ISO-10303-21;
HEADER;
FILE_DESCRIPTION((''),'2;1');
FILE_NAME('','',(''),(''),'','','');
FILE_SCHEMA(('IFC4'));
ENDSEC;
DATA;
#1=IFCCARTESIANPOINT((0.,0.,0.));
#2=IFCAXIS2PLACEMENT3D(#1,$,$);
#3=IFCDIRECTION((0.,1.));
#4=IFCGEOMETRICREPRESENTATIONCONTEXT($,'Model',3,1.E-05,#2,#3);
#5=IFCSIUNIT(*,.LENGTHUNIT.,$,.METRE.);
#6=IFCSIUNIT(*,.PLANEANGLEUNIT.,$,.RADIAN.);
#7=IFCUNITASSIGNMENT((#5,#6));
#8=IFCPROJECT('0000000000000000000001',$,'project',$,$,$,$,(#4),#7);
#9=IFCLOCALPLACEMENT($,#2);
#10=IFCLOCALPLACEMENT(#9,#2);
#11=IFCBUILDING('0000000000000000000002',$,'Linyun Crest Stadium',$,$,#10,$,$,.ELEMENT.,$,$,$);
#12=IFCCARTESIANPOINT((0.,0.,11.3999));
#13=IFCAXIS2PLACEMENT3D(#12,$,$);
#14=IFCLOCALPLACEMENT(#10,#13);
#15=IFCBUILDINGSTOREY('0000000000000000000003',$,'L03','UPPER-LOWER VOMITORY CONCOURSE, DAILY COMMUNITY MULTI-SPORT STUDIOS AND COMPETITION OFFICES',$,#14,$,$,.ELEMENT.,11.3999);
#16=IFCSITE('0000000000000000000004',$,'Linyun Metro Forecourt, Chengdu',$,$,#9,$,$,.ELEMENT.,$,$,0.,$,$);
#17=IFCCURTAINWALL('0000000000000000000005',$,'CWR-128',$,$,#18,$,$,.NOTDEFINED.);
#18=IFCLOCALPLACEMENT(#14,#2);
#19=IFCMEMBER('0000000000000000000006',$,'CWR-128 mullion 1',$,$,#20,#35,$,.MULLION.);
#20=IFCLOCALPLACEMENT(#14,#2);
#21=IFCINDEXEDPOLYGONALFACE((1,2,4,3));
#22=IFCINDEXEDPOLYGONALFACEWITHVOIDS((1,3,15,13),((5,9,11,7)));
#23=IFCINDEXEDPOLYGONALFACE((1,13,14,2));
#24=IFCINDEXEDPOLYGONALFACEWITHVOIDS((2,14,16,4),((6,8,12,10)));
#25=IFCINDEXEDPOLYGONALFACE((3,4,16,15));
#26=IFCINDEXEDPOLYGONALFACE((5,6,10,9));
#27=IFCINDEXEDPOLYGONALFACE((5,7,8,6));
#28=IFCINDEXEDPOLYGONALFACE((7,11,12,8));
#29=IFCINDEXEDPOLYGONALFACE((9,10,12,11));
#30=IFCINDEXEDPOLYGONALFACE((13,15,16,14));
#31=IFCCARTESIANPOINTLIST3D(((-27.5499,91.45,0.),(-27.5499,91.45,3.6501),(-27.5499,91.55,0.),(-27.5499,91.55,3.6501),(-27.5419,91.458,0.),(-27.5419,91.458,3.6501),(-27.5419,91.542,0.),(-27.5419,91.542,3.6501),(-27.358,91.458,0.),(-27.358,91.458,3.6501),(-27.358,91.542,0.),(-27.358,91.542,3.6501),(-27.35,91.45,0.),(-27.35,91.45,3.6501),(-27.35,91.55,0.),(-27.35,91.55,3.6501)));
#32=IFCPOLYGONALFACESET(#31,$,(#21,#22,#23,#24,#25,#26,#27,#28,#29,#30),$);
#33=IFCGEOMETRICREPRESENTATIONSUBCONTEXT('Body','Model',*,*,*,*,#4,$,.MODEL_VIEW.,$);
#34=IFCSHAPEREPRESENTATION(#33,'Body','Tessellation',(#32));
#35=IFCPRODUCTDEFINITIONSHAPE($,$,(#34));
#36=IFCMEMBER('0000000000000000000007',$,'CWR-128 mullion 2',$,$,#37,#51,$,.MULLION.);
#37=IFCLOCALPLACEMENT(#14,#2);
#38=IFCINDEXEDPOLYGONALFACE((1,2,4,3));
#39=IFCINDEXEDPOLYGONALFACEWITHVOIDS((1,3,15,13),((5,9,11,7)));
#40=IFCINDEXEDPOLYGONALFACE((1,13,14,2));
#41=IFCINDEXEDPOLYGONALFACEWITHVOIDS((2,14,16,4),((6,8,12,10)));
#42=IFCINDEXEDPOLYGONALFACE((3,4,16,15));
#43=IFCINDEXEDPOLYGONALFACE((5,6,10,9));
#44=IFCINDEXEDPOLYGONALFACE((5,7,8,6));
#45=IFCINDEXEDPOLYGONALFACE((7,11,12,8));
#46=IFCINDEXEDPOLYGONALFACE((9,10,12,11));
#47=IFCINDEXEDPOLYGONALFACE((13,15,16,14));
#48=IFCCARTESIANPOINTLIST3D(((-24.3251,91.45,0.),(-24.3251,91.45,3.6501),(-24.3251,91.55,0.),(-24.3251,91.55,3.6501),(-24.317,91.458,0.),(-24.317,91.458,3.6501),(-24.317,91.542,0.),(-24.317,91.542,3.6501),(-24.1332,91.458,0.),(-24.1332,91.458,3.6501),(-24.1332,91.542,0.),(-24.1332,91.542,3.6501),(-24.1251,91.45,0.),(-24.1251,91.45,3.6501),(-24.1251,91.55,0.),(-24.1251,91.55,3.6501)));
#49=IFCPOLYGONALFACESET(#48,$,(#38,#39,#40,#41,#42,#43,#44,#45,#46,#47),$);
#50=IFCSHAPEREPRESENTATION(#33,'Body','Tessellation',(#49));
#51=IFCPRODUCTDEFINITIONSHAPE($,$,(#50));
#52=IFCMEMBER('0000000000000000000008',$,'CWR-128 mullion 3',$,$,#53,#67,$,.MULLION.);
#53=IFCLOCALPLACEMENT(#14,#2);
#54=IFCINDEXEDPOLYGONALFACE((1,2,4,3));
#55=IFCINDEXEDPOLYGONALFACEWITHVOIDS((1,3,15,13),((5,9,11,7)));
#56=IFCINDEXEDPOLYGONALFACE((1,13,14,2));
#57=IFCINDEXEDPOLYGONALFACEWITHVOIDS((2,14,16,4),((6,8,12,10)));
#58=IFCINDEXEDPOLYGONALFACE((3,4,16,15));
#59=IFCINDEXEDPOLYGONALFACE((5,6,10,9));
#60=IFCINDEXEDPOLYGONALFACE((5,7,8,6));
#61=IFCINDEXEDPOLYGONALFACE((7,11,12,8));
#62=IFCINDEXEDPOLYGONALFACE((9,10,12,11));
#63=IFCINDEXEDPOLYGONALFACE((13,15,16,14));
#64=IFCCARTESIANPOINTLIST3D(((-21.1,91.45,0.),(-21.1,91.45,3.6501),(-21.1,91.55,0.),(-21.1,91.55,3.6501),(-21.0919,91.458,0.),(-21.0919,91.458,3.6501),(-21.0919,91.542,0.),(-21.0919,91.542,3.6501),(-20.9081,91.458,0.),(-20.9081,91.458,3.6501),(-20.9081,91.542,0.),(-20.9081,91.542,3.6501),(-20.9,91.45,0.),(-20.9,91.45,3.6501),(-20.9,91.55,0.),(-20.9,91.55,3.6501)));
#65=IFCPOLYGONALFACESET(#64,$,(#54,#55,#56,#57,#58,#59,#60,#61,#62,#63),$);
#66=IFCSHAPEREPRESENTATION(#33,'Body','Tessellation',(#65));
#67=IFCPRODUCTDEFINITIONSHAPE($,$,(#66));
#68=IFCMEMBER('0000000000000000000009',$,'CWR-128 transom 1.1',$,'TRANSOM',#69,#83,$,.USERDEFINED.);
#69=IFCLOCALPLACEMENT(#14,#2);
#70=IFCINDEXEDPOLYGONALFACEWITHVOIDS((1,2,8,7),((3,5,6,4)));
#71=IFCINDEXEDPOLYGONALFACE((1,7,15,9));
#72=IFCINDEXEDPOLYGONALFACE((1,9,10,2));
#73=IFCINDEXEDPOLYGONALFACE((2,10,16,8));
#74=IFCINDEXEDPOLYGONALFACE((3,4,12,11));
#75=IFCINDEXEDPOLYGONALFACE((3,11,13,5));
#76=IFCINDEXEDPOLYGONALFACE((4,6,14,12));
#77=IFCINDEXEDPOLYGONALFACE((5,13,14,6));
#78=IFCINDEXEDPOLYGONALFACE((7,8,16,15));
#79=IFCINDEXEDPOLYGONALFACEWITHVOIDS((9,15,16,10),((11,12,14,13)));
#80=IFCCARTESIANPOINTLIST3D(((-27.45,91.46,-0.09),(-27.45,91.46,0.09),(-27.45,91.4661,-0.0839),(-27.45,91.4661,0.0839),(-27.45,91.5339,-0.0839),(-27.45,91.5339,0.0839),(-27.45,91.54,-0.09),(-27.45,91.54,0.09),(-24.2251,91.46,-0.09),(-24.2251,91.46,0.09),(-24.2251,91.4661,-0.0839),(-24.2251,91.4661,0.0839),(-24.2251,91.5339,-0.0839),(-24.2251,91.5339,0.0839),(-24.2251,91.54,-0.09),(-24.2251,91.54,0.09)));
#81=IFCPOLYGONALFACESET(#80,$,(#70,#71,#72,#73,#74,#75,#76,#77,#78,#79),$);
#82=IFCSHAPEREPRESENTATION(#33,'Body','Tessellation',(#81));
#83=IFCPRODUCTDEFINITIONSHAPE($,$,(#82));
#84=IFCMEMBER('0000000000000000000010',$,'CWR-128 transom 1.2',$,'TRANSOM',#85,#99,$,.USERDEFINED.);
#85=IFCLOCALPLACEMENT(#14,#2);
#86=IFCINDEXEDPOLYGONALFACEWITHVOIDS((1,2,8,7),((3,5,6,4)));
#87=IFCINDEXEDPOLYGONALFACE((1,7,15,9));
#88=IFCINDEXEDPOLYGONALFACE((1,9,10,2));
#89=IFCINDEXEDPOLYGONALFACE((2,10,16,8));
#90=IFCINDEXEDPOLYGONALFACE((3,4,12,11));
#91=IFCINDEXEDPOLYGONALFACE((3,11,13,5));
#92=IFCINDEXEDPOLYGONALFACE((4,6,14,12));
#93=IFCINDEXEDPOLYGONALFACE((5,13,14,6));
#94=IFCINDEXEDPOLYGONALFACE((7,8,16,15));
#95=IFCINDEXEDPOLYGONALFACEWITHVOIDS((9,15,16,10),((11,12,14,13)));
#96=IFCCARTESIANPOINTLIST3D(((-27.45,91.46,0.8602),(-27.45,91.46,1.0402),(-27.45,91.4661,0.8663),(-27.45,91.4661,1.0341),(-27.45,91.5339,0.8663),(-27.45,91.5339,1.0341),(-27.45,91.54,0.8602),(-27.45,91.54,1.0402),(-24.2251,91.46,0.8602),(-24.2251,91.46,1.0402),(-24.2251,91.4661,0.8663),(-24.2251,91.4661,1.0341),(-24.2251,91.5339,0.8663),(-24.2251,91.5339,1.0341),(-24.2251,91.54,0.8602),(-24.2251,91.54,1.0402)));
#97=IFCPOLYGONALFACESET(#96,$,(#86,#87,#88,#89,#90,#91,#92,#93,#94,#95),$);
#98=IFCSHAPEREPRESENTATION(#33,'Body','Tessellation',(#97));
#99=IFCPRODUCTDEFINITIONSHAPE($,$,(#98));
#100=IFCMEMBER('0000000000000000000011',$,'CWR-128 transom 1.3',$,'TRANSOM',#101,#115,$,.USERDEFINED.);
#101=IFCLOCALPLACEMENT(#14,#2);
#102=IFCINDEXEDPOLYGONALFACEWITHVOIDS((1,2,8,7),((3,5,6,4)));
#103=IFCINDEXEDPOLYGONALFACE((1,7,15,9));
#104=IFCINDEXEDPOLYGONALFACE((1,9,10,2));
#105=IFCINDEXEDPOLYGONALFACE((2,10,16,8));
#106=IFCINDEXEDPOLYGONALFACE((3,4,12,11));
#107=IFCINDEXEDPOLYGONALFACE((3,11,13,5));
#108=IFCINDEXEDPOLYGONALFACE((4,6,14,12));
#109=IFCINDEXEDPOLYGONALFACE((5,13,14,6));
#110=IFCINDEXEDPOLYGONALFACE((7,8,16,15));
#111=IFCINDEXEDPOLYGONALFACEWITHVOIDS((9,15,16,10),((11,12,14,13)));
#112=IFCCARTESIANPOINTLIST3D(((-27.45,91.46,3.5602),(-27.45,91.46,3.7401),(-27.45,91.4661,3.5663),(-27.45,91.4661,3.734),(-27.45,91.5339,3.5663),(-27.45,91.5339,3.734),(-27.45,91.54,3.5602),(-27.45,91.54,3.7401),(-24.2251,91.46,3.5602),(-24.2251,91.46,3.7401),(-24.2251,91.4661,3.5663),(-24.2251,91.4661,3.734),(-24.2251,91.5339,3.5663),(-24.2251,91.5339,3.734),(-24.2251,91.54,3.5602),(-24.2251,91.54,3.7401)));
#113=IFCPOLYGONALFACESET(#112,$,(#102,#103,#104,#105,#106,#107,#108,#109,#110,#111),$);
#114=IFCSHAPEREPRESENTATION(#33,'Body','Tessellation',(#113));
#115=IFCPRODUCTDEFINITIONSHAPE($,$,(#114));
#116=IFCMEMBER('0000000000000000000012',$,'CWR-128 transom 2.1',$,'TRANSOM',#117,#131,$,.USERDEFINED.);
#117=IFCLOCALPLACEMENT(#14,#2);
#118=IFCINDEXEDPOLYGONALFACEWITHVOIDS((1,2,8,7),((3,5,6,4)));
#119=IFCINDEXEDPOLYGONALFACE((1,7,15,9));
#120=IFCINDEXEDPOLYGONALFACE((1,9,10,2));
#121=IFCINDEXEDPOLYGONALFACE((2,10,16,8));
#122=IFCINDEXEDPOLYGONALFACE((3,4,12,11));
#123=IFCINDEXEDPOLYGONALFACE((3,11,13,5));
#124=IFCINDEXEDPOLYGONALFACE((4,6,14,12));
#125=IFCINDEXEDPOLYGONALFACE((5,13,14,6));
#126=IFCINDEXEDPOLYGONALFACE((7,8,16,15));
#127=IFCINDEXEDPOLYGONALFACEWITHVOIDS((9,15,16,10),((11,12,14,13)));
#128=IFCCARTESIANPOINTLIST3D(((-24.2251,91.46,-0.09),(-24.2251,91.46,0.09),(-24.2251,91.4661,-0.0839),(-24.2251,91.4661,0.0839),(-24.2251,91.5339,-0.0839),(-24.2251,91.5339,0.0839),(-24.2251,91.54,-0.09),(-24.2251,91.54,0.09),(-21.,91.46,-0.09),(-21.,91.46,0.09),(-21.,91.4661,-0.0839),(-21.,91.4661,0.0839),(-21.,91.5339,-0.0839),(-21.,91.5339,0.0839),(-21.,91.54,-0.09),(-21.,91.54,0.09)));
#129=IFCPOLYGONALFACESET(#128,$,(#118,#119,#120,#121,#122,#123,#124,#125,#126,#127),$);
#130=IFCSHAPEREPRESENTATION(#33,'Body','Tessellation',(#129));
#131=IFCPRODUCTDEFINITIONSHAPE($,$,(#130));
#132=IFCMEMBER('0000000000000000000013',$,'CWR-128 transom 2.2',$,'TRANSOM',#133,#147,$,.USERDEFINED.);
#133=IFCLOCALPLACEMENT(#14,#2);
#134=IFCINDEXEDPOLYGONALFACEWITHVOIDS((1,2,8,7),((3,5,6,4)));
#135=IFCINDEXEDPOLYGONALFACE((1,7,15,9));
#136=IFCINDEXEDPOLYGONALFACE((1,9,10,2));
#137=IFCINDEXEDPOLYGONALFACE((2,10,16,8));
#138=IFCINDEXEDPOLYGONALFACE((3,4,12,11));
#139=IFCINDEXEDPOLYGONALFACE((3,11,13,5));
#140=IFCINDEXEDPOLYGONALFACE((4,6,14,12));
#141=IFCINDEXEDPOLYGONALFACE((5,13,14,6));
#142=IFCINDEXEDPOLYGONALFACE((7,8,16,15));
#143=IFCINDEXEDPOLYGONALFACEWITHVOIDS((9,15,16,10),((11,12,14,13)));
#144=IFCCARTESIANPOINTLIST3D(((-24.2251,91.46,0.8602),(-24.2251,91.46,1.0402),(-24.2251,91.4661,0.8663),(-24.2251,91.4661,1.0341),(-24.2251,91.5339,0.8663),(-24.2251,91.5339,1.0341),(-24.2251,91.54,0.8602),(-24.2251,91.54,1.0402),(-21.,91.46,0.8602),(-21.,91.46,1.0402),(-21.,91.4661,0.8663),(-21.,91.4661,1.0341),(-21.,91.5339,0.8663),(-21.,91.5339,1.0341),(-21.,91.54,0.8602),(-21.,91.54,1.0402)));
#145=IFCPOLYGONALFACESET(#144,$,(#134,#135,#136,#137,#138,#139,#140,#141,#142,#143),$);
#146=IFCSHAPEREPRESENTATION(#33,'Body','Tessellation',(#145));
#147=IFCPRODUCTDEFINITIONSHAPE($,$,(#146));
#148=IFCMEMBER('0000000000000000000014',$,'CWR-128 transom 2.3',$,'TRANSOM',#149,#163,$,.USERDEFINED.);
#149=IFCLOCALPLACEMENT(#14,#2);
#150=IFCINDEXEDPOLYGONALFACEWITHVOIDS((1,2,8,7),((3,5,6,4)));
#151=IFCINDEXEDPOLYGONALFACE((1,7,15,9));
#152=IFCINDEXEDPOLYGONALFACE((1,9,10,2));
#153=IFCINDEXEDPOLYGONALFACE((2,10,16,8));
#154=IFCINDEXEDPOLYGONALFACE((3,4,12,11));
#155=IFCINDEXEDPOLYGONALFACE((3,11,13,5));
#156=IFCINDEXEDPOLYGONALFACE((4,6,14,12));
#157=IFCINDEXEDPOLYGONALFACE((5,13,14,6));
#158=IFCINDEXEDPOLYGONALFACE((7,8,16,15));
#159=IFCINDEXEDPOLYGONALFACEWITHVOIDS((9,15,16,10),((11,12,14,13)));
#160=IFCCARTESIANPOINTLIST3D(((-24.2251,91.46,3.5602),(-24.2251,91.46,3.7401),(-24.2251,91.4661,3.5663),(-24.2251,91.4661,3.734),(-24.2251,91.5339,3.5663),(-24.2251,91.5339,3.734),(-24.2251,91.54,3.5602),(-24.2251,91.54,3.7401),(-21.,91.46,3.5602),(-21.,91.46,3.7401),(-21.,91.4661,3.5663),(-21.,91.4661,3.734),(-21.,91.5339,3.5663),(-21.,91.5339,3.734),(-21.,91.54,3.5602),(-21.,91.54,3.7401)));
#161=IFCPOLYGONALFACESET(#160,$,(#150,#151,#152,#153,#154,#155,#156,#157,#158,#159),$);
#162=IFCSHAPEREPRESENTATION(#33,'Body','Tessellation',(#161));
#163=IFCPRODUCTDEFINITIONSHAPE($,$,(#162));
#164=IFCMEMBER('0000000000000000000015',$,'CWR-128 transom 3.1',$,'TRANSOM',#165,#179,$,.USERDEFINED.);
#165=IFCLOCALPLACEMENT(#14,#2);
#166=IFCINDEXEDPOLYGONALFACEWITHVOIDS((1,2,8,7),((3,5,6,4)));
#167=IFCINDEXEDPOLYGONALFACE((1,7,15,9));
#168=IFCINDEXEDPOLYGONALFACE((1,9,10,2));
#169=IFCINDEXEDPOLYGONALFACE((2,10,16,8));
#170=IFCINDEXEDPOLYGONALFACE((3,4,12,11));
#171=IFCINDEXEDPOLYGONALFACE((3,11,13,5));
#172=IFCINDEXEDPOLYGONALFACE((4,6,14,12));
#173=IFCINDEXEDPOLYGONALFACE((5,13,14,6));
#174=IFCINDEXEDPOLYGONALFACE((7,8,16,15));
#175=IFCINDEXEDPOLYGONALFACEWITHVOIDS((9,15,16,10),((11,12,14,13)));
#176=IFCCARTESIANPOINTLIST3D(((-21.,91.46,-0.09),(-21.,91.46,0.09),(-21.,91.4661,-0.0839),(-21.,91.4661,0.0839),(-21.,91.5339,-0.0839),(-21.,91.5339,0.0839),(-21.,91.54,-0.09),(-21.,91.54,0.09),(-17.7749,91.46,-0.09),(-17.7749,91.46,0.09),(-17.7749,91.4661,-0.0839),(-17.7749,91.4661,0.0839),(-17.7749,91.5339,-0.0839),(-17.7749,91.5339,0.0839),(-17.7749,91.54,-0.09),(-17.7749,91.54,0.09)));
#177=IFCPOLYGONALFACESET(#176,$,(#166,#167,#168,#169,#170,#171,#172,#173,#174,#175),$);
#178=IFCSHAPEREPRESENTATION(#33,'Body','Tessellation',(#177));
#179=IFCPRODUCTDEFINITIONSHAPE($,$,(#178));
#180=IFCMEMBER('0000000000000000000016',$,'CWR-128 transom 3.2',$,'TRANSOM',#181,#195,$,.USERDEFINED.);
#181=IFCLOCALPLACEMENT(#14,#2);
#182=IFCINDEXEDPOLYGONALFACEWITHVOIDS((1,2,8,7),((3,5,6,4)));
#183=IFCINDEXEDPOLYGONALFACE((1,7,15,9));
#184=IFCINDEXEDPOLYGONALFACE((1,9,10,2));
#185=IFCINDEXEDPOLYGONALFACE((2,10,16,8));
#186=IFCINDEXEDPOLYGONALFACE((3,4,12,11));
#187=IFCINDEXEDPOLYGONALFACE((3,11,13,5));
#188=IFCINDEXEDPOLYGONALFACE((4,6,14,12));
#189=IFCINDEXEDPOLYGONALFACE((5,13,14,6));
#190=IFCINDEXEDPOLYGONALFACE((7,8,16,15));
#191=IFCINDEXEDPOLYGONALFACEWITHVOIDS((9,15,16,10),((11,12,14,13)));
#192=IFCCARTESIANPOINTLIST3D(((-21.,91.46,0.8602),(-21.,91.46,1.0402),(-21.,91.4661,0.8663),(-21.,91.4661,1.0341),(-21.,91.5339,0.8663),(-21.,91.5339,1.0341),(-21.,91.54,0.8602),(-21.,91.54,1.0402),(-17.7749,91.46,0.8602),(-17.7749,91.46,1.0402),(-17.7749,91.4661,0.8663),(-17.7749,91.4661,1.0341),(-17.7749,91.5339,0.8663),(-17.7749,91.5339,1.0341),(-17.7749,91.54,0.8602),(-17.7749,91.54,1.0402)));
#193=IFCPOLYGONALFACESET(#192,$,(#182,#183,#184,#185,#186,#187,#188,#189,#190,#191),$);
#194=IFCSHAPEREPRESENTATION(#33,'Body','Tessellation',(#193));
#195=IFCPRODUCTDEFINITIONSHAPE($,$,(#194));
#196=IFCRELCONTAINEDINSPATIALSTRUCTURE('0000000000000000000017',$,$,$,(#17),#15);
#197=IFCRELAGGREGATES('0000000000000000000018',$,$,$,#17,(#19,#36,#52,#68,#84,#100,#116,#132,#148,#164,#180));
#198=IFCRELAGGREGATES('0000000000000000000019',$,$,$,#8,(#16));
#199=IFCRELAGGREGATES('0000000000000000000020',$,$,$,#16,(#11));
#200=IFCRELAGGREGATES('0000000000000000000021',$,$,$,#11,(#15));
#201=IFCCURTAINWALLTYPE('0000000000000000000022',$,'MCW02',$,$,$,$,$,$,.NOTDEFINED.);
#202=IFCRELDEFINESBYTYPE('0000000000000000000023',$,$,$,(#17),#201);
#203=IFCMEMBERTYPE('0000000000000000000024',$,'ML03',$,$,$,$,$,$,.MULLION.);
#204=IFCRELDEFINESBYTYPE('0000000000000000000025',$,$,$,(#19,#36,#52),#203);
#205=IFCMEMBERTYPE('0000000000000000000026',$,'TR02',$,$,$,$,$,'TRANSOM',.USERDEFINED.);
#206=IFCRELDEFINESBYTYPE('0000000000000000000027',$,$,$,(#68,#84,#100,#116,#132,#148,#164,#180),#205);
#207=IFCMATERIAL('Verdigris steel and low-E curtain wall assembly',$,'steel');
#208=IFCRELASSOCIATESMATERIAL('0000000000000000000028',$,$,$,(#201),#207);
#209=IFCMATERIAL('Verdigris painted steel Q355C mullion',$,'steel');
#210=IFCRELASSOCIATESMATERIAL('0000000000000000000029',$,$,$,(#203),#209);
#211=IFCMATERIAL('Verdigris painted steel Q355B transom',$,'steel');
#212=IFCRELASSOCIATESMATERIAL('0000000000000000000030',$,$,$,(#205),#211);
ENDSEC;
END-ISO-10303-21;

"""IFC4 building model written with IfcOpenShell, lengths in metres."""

from ifc_helpers import new_model, si_unit, direction, frame, origin, origin_2d, place, context, subcontext, project, spatial, hollow_rectangle, extrude, material, material_profile, profile_set, type_object, element, aggregate, save


model = new_model("IFC4")

# Units and contexts
model_context = context("Model", 3, precision=1e-05, world=origin(), true_north=direction((0.0, 1.0)))
body_context = subcontext(model_context, "Body", "Model", "MODEL_VIEW")
ifc_project = project(units=[si_unit("LENGTHUNIT", "METRE"), si_unit("PLANEANGLEUNIT", "RADIAN")], contexts=[model_context])

# Site, building, storey
site_placement = place(None, origin())
site = spatial("IfcSite", under=ifc_project, at=site_placement, Name="Linyun Metro Forecourt, Chengdu", CompositionType="ELEMENT", RefElevation=0.0)
building_placement = place(site_placement, origin())
building = spatial("IfcBuilding", under=site, at=building_placement, Name="Linyun Crest Stadium", CompositionType="ELEMENT")
storey_placement = place(building_placement, frame((0.0, 0.0, 11.3999)))
storey = spatial("IfcBuildingStorey", under=building, at=storey_placement, Name="L03", Description="UPPER-LOWER VOMITORY CONCOURSE, DAILY COMMUNITY MULTI-SPORT STUDIOS AND COMPETITION OFFICES", CompositionType="ELEMENT", Elevation=11.3999)

# Curtain wall, members
ifc_material_1 = material(Name="Verdigris steel and low-E curtain wall assembly", Category="steel")
curtain_wall_type = type_object("IfcCurtainWallType", Name="MCW02", PredefinedType="NOTDEFINED", material=ifc_material_1)
curtain_wall_placement = place(storey_placement, origin())
curtain_wall = element("IfcCurtainWall", 1, at=curtain_wall_placement, inside=storey, type_object=curtain_wall_type, Name="CWR-128", PredefinedType="NOTDEFINED")
ifc_material_2 = material(Name="Verdigris painted steel Q355C mullion", Category="steel")
ifc_material_profile_1 = material_profile(ifc_material_2, hollow_rectangle(XDim=0.1001, YDim=0.2, WallThickness=0.0081, at=origin_2d()), Name="RHS 200x100x8")
ifc_profile_set_1 = profile_set([ifc_material_profile_1], Name="Verdigris painted steel Q355C mullion")
member_type_1 = type_object("IfcMemberType", Name="ML03", PredefinedType="MULLION", material=ifc_profile_set_1)
member_1_placement = place(storey_placement, frame((-27.45, 91.5, 0.0), z_axis=(0.0, 0.0, 1.0), x_axis=(0.0, 1.0, 0.0)))
member_1 = element("IfcMember", 2, at=member_1_placement, type_object=member_type_1, Name="CWR-128 mullion 1", PredefinedType="MULLION", context=body_context, shape_type="SweptSolid", body=[
    extrude(hollow_rectangle(XDim=0.1001, YDim=0.2, WallThickness=0.0081, at=origin_2d()), origin(), (0.0, 0.0, 1.0), 3.6501),
])
member_2_placement = place(storey_placement, frame((-24.2251, 91.5, 0.0), z_axis=(0.0, 0.0, 1.0), x_axis=(0.0, 1.0, 0.0)))
member_2 = element("IfcMember", 3, at=member_2_placement, type_object=member_type_1, Name="CWR-128 mullion 2", PredefinedType="MULLION", context=body_context, shape_type="SweptSolid", body=[
    extrude(hollow_rectangle(XDim=0.1001, YDim=0.2, WallThickness=0.0081, at=origin_2d()), origin(), (0.0, 0.0, 1.0), 3.6501),
])
member_3_placement = place(storey_placement, frame((-21.0, 91.5, 0.0), z_axis=(0.0, 0.0, 1.0), x_axis=(0.0, 1.0, 0.0)))
member_3 = element("IfcMember", 4, at=member_3_placement, type_object=member_type_1, Name="CWR-128 mullion 3", PredefinedType="MULLION", context=body_context, shape_type="SweptSolid", body=[
    extrude(hollow_rectangle(XDim=0.1001, YDim=0.2, WallThickness=0.0081, at=origin_2d()), origin(), (0.0, 0.0, 1.0), 3.6501),
])
ifc_material_3 = material(Name="Verdigris painted steel Q355B transom", Category="steel")
ifc_material_profile_2 = material_profile(ifc_material_3, hollow_rectangle(XDim=0.0801, YDim=0.1799, WallThickness=0.0061, at=origin_2d()), Name="RHS 180x80x6")
ifc_profile_set_2 = profile_set([ifc_material_profile_2], Name="Verdigris painted steel Q355B transom")
member_type_2 = type_object("IfcMemberType", Name="TR02", ElementType="TRANSOM", PredefinedType="USERDEFINED", material=ifc_profile_set_2)
member_4_placement = place(storey_placement, frame((-27.45, 91.5, 0.0), z_axis=(1.0, 0.0, 0.0), x_axis=(0.0, 1.0, 0.0)))
member_4 = element("IfcMember", 5, at=member_4_placement, type_object=member_type_2, Name="CWR-128 transom 1.1", ObjectType="TRANSOM", PredefinedType="USERDEFINED", context=body_context, shape_type="SweptSolid", body=[
    extrude(hollow_rectangle(XDim=0.0801, YDim=0.1799, WallThickness=0.0061, at=origin_2d()), origin(), (0.0, 0.0, 1.0), 3.2249),
])
member_5_placement = place(storey_placement, frame((-27.45, 91.5, 0.9502), z_axis=(1.0, 0.0, 0.0), x_axis=(0.0, 1.0, 0.0)))
member_5 = element("IfcMember", 6, at=member_5_placement, type_object=member_type_2, Name="CWR-128 transom 1.2", ObjectType="TRANSOM", PredefinedType="USERDEFINED", context=body_context, shape_type="SweptSolid", body=[
    extrude(hollow_rectangle(XDim=0.0801, YDim=0.1799, WallThickness=0.0061, at=origin_2d()), origin(), (0.0, 0.0, 1.0), 3.2249),
])
member_6_placement = place(storey_placement, frame((-27.45, 91.5, 3.6501), z_axis=(1.0, 0.0, 0.0), x_axis=(0.0, 1.0, 0.0)))
member_6 = element("IfcMember", 7, at=member_6_placement, type_object=member_type_2, Name="CWR-128 transom 1.3", ObjectType="TRANSOM", PredefinedType="USERDEFINED", context=body_context, shape_type="SweptSolid", body=[
    extrude(hollow_rectangle(XDim=0.0801, YDim=0.1799, WallThickness=0.0061, at=origin_2d()), origin(), (0.0, 0.0, 1.0), 3.2249),
])
member_7_placement = place(storey_placement, frame((-24.2251, 91.5, 0.0), z_axis=(1.0, 0.0, 0.0), x_axis=(0.0, 1.0, 0.0)))
member_7 = element("IfcMember", 8, at=member_7_placement, type_object=member_type_2, Name="CWR-128 transom 2.1", ObjectType="TRANSOM", PredefinedType="USERDEFINED", context=body_context, shape_type="SweptSolid", body=[
    extrude(hollow_rectangle(XDim=0.0801, YDim=0.1799, WallThickness=0.0061, at=origin_2d()), origin(), (0.0, 0.0, 1.0), 3.2251),
])
member_8_placement = place(storey_placement, frame((-24.2251, 91.5, 0.9502), z_axis=(1.0, 0.0, 0.0), x_axis=(0.0, 1.0, 0.0)))
member_8 = element("IfcMember", 9, at=member_8_placement, type_object=member_type_2, Name="CWR-128 transom 2.2", ObjectType="TRANSOM", PredefinedType="USERDEFINED", context=body_context, shape_type="SweptSolid", body=[
    extrude(hollow_rectangle(XDim=0.0801, YDim=0.1799, WallThickness=0.0061, at=origin_2d()), origin(), (0.0, 0.0, 1.0), 3.2251),
])
member_9_placement = place(storey_placement, frame((-24.2251, 91.5, 3.6501), z_axis=(1.0, 0.0, 0.0), x_axis=(0.0, 1.0, 0.0)))
member_9 = element("IfcMember", 10, at=member_9_placement, type_object=member_type_2, Name="CWR-128 transom 2.3", ObjectType="TRANSOM", PredefinedType="USERDEFINED", context=body_context, shape_type="SweptSolid", body=[
    extrude(hollow_rectangle(XDim=0.0801, YDim=0.1799, WallThickness=0.0061, at=origin_2d()), origin(), (0.0, 0.0, 1.0), 3.2251),
])
member_10_placement = place(storey_placement, frame((-21.0, 91.5, 0.0), z_axis=(1.0, 0.0, 0.0), x_axis=(0.0, 1.0, 0.0)))
member_10 = element("IfcMember", 11, at=member_10_placement, type_object=member_type_2, Name="CWR-128 transom 3.1", ObjectType="TRANSOM", PredefinedType="USERDEFINED", context=body_context, shape_type="SweptSolid", body=[
    extrude(hollow_rectangle(XDim=0.0801, YDim=0.1799, WallThickness=0.0061, at=origin_2d()), origin(), (0.0, 0.0, 1.0), 3.2251),
])
member_11_placement = place(storey_placement, frame((-21.0, 91.5, 0.9502), z_axis=(1.0, 0.0, 0.0), x_axis=(0.0, 1.0, 0.0)))
member_11 = element("IfcMember", 12, at=member_11_placement, type_object=member_type_2, Name="CWR-128 transom 3.2", ObjectType="TRANSOM", PredefinedType="USERDEFINED", context=body_context, shape_type="SweptSolid", body=[
    extrude(hollow_rectangle(XDim=0.0801, YDim=0.1799, WallThickness=0.0061, at=origin_2d()), origin(), (0.0, 0.0, 1.0), 3.2251),
])
aggregate(curtain_wall, [member_1, member_2, member_3, member_4, member_5, member_6, member_7, member_8, member_9, member_10, member_11])

save(model, "model.ifc")
